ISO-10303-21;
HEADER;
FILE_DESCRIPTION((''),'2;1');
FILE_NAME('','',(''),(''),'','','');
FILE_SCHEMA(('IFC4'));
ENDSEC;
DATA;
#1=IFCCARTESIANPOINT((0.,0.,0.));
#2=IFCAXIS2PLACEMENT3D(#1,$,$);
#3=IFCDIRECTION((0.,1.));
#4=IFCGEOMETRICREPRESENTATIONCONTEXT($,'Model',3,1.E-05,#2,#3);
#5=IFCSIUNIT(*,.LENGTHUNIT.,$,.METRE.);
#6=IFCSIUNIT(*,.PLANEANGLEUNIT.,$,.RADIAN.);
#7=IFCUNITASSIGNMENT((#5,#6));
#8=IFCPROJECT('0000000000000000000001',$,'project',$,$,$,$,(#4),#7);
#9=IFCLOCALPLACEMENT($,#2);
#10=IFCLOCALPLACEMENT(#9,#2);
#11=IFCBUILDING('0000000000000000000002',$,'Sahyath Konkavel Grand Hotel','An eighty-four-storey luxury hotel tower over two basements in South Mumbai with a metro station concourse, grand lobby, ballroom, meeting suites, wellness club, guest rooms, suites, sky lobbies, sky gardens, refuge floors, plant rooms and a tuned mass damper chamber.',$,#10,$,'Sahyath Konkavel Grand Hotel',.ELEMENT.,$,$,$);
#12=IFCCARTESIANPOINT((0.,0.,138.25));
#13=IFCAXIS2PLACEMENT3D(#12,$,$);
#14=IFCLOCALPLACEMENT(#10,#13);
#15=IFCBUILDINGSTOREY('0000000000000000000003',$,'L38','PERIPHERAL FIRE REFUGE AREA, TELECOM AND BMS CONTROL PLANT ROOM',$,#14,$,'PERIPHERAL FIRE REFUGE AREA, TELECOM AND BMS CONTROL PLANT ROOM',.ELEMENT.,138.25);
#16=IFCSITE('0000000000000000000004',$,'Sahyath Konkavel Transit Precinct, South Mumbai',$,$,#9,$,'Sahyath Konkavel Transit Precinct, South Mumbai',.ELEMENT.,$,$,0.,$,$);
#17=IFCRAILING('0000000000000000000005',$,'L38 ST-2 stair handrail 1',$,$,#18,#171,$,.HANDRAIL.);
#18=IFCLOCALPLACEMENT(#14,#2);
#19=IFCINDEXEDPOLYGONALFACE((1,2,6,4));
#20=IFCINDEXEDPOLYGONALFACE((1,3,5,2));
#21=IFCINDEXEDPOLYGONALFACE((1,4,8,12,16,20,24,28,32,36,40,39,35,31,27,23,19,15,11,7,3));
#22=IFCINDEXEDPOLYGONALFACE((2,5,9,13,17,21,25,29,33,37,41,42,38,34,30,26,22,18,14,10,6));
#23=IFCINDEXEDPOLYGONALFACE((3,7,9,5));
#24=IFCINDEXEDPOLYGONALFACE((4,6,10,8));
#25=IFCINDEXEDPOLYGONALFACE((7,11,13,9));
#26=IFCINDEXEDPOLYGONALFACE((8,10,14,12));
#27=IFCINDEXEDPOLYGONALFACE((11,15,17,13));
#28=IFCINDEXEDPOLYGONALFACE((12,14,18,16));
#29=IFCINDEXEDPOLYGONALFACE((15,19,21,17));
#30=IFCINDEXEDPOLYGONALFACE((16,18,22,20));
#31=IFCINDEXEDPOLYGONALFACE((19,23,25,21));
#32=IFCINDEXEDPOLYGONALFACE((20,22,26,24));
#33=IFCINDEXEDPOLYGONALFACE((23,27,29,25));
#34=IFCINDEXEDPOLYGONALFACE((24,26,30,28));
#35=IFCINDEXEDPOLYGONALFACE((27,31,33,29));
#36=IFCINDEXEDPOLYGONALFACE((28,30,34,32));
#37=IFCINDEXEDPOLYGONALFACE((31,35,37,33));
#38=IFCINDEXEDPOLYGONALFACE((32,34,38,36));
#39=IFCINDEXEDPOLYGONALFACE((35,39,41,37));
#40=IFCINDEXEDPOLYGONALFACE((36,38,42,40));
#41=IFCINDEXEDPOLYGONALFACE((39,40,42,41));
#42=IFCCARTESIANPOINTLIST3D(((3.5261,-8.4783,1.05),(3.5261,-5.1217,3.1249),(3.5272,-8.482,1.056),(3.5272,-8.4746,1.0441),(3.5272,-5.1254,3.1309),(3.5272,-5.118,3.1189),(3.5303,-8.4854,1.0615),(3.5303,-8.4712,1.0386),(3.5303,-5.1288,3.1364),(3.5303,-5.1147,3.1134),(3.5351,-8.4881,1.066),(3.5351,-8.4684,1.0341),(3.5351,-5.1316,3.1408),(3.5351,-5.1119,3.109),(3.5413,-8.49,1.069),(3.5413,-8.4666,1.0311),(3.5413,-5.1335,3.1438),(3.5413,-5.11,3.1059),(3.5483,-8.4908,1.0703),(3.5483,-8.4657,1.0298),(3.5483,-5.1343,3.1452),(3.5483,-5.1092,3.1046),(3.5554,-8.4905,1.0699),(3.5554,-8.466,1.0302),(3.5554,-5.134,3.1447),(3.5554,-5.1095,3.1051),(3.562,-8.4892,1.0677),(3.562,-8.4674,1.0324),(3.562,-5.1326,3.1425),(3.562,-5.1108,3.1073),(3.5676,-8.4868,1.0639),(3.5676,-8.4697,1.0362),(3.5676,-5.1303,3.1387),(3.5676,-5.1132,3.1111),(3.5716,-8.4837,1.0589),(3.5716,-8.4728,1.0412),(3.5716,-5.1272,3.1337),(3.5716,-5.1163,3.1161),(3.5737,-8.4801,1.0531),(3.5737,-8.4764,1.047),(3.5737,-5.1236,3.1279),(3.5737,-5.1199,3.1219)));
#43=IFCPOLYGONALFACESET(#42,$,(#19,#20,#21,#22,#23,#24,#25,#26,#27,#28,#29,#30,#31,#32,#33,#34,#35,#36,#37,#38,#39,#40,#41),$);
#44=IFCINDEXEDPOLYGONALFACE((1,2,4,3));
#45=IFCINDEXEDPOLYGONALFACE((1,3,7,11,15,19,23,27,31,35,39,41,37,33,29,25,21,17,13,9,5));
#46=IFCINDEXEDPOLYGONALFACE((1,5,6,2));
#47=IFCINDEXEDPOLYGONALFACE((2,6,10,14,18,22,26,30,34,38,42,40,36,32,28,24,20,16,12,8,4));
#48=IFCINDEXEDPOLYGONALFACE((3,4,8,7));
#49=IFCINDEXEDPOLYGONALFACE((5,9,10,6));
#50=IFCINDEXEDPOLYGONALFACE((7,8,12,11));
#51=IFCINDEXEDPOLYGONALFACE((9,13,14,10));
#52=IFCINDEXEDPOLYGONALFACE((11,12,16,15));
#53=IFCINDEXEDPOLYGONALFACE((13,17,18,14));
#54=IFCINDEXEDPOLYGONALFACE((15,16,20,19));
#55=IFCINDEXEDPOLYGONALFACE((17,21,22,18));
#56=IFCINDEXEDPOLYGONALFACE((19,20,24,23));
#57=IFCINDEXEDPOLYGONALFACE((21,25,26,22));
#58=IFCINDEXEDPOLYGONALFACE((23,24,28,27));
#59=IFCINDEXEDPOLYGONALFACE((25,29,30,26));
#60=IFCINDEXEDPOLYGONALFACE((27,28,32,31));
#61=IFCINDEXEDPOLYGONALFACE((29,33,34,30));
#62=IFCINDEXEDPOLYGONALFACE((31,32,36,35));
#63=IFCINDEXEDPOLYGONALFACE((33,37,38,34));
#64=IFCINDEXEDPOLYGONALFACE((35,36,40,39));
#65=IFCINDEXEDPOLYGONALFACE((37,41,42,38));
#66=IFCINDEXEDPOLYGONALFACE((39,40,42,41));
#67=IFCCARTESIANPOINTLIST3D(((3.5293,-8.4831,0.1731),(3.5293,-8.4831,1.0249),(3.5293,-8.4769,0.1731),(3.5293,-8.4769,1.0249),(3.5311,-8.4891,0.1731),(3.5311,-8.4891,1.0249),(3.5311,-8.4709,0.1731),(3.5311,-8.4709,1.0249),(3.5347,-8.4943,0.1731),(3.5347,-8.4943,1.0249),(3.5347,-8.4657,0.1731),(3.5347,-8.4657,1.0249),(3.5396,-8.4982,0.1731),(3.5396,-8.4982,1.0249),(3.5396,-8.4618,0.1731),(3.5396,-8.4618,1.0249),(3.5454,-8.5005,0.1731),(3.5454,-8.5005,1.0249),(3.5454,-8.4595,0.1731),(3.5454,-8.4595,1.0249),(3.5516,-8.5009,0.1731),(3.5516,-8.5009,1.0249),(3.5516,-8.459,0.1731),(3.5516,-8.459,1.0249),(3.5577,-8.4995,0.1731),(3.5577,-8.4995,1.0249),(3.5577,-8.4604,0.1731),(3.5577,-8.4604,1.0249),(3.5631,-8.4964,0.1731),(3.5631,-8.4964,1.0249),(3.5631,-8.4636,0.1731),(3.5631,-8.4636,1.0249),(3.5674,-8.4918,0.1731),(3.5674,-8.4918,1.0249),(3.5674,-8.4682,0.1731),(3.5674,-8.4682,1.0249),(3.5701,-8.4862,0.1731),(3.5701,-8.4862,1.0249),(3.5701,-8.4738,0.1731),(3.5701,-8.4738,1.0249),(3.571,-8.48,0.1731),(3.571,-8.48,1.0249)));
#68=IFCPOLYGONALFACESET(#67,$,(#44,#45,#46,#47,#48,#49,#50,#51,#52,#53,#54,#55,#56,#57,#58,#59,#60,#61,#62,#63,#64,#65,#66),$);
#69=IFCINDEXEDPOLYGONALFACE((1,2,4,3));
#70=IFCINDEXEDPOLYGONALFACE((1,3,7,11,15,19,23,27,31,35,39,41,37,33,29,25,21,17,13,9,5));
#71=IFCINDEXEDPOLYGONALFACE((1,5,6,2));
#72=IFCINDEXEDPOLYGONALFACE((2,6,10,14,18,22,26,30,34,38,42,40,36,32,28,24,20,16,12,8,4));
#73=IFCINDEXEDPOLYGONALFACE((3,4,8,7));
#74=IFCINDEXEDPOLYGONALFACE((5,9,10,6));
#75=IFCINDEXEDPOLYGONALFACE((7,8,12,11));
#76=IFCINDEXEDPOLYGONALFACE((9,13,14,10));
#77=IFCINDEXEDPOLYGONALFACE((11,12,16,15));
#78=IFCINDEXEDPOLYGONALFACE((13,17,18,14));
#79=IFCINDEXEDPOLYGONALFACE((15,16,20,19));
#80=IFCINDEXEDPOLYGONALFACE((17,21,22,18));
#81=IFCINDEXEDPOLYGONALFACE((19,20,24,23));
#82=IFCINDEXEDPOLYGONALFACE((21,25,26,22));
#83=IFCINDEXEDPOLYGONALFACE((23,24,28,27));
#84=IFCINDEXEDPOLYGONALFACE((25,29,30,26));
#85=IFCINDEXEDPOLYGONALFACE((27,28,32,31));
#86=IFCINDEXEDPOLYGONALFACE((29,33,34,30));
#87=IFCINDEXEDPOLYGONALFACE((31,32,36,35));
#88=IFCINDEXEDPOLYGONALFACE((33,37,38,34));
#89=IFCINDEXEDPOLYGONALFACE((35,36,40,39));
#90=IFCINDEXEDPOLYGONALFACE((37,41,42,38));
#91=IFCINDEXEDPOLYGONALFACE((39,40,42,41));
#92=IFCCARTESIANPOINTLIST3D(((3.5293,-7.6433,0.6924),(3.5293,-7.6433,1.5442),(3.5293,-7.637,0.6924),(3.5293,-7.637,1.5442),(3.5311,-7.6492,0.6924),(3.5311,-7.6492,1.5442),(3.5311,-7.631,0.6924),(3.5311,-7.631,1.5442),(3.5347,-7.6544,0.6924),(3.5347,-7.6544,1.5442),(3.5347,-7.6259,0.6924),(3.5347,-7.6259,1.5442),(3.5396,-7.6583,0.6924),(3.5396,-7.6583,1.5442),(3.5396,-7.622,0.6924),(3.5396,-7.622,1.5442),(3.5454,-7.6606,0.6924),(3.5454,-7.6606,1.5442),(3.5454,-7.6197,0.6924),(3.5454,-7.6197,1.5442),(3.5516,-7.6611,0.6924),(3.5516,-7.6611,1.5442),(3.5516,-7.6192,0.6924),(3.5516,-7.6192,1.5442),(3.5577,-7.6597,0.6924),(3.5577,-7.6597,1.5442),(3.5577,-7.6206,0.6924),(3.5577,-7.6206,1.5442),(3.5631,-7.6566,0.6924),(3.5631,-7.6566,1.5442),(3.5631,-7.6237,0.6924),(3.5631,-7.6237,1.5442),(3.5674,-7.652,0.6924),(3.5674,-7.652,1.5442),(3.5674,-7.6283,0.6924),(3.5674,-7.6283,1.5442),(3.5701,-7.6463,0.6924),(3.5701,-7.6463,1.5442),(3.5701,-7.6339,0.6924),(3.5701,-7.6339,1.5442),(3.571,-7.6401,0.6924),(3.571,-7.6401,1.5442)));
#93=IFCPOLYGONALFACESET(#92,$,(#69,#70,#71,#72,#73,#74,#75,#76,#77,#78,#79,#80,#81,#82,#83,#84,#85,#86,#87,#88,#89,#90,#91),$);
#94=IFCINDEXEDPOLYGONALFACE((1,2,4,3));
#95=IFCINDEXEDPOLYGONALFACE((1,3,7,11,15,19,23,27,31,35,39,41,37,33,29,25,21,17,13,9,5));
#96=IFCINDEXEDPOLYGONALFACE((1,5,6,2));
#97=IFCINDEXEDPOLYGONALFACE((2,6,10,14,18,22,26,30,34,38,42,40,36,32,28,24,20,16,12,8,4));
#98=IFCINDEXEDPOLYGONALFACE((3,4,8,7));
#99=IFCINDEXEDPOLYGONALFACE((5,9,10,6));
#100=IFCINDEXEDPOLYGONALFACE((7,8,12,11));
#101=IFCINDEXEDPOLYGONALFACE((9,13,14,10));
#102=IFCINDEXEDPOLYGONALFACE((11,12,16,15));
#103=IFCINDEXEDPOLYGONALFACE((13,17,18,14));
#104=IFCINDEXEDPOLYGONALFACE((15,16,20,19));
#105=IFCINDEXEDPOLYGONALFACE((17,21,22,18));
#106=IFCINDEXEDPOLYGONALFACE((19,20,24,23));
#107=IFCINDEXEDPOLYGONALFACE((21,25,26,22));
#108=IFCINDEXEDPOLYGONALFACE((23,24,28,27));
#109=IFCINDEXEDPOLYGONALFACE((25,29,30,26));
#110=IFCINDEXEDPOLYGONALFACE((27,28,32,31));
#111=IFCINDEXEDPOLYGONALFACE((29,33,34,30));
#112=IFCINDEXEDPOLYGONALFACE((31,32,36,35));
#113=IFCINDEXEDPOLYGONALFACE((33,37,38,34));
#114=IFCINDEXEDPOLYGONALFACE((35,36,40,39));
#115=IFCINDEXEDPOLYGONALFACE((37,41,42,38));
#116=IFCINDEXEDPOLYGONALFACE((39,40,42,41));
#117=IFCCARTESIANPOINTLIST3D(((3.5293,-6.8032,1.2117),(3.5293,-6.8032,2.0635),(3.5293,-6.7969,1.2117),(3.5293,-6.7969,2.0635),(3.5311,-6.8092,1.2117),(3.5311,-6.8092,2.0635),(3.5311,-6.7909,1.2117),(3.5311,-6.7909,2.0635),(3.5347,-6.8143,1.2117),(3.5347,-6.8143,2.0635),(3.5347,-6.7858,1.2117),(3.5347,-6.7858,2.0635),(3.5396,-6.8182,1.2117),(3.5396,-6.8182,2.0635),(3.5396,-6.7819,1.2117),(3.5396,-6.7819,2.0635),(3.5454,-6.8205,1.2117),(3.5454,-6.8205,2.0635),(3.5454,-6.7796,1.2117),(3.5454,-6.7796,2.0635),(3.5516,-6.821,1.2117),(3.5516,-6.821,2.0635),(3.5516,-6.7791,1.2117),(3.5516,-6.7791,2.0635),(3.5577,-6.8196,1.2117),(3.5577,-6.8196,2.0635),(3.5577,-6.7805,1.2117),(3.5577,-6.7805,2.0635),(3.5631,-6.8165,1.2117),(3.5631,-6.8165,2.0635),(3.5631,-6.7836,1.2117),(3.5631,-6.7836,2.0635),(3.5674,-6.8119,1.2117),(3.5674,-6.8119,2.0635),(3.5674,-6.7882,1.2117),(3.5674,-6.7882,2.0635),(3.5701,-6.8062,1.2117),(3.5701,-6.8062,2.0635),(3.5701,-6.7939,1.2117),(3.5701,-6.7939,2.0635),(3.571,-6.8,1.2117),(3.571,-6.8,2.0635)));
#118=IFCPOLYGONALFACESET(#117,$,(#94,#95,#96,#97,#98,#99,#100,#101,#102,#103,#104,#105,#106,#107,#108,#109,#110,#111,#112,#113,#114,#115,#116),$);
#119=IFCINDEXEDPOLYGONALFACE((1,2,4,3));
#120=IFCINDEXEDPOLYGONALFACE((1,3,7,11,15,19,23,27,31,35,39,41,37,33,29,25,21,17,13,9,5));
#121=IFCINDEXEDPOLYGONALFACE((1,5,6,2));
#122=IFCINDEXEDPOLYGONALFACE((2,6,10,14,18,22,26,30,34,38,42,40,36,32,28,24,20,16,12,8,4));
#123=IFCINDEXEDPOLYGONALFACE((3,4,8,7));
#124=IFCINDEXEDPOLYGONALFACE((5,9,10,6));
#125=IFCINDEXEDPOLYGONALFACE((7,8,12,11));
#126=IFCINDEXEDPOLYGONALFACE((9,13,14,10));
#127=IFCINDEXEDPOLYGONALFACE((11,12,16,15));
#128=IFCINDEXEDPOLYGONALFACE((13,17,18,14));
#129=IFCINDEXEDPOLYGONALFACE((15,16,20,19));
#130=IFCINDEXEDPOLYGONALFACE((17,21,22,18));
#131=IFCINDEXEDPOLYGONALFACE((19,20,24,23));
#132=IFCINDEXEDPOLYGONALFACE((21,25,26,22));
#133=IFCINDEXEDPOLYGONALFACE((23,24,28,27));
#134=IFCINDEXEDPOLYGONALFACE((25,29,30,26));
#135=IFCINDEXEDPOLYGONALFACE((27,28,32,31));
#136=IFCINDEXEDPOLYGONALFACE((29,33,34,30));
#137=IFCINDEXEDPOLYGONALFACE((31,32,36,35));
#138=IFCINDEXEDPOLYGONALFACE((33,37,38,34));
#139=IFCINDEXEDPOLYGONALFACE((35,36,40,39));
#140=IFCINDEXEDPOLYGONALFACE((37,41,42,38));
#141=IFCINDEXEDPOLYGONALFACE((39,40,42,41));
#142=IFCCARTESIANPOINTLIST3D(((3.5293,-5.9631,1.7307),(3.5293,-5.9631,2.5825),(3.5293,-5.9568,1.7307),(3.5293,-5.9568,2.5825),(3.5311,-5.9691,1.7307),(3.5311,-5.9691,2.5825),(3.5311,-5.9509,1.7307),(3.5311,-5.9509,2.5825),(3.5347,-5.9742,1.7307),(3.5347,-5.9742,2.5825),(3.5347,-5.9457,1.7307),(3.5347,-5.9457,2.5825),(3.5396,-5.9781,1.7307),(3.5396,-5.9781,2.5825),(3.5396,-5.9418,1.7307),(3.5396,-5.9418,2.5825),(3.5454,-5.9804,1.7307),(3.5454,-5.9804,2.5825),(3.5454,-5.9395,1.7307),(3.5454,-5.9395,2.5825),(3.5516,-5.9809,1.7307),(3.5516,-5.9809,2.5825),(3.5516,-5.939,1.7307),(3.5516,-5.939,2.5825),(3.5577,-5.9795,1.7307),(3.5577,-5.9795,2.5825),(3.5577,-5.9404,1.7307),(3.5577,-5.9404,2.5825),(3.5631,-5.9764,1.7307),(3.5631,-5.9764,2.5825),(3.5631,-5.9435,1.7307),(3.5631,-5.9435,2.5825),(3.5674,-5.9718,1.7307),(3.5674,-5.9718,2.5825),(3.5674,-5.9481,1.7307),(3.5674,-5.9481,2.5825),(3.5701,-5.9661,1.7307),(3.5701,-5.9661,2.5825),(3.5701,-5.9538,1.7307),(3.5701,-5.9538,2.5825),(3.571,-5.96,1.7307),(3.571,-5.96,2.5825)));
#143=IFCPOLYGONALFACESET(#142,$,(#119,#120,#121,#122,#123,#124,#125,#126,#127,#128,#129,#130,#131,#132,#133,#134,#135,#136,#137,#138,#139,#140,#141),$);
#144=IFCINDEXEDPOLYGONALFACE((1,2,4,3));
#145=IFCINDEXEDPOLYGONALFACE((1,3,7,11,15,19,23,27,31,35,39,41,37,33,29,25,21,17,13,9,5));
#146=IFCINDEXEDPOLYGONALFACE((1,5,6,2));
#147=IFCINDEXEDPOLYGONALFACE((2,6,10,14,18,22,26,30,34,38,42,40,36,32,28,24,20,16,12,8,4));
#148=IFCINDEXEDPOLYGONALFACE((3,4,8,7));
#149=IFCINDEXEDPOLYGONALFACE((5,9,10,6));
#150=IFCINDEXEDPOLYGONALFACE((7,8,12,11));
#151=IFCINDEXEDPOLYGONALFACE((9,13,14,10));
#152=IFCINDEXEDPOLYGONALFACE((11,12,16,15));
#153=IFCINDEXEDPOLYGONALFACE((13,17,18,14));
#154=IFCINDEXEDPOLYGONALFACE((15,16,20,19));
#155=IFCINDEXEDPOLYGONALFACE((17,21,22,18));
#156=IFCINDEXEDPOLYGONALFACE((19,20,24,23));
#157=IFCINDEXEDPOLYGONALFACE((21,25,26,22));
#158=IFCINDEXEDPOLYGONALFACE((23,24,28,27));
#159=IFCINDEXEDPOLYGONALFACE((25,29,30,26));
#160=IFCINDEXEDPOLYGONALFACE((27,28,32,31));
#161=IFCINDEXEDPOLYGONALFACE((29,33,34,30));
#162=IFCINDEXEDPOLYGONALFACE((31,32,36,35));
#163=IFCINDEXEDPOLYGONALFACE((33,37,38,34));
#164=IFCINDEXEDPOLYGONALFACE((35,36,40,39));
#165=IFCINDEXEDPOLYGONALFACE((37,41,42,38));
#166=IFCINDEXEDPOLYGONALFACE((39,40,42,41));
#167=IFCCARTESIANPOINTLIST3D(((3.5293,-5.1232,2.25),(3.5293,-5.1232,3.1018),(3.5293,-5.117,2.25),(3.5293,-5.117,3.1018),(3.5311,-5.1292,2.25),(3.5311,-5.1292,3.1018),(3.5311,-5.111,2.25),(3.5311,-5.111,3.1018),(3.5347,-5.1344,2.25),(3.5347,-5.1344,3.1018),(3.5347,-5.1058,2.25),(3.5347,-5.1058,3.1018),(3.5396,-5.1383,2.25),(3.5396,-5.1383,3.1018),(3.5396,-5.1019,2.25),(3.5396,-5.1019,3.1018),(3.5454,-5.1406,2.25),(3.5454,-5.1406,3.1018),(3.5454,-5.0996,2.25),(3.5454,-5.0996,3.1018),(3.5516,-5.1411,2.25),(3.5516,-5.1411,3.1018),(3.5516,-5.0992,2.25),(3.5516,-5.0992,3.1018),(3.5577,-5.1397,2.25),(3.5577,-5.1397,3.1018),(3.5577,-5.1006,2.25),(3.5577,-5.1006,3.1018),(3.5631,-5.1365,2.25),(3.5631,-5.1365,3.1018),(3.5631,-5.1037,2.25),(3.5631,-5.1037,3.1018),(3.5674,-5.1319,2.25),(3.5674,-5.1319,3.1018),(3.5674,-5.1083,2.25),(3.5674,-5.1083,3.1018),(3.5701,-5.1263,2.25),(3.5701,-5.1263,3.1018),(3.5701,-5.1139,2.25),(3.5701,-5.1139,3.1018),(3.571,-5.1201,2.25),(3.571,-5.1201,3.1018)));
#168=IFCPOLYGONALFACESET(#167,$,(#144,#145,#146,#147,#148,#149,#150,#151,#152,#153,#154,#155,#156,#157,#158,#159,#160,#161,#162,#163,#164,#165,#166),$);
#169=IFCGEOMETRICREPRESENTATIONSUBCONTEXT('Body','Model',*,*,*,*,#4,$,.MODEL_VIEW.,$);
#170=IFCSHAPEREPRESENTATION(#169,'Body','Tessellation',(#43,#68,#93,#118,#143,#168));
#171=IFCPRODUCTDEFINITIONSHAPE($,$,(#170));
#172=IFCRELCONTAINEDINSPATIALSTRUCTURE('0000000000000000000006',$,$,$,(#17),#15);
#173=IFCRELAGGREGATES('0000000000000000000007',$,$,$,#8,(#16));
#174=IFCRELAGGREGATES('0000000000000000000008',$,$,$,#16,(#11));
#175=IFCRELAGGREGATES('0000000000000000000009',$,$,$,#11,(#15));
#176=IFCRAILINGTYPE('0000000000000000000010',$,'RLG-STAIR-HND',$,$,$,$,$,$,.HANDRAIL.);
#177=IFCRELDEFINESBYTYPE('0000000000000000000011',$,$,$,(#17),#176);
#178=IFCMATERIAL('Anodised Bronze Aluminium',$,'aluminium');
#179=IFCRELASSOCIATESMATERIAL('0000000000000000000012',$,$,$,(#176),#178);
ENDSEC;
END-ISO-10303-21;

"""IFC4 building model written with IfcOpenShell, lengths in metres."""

from ifc_helpers import new_model, si_unit, direction, frame, origin, origin_2d, place, context, subcontext, project, spatial, circle, extrude, material, type_object, element, save


model = new_model("IFC4")

# Units and contexts
model_context = context("Model", 3, precision=1e-05, world=origin(), true_north=direction((0.0, 1.0)))
body_context = subcontext(model_context, "Body", "Model", "MODEL_VIEW")
ifc_project = project(units=[si_unit("LENGTHUNIT", "METRE"), si_unit("PLANEANGLEUNIT", "RADIAN")], contexts=[model_context])

# Site, building, storey
site_placement = place(None, origin())
site = spatial("IfcSite", under=ifc_project, at=site_placement, Name="Sahyath Konkavel Transit Precinct, South Mumbai", LongName="Sahyath Konkavel Transit Precinct, South Mumbai", CompositionType="ELEMENT", RefElevation=0.0)
building_placement = place(site_placement, origin())
building = spatial("IfcBuilding", under=site, at=building_placement, Name="Sahyath Konkavel Grand Hotel", Description="An eighty-four-storey luxury hotel tower over two basements in South Mumbai with a metro station concourse, grand lobby, ballroom, meeting suites, wellness club, guest rooms, suites, sky lobbies, sky gardens, refuge floors, plant rooms and a tuned mass damper chamber.", LongName="Sahyath Konkavel Grand Hotel", CompositionType="ELEMENT")
storey_placement = place(building_placement, frame((0.0, 0.0, 138.25)))
storey = spatial("IfcBuildingStorey", under=building, at=storey_placement, Name="L38", Description="PERIPHERAL FIRE REFUGE AREA, TELECOM AND BMS CONTROL PLANT ROOM", LongName="PERIPHERAL FIRE REFUGE AREA, TELECOM AND BMS CONTROL PLANT ROOM", CompositionType="ELEMENT", Elevation=138.25)

# Shared definitions
ifc_material_1 = material(Name="Anodised Bronze Aluminium", Category="aluminium")

# Railing
railing_type_1 = type_object("IfcRailingType", Name="RLG-STAIR-HND", PredefinedType="HANDRAIL", material=ifc_material_1)
railing_1_placement = place(storey_placement, frame((3.55, -8.48, 0.1731)))
element("IfcRailing", 1, at=railing_1_placement, inside=storey, type_object=railing_type_1, Name="L38 ST-2 stair handrail 1", PredefinedType="HANDRAIL", context=body_context, shape_type="SweptSolid", body=[
    extrude(circle(Radius=0.0239, at=origin_2d()), frame((0.0, 0.0017, 0.877), z_axis=(0.0, 0.850606, 0.525803), x_axis=(-1.0, 0.0, 0.0)), (0.0, 0.0, 1.0), 3.946),
    extrude(circle(Radius=0.021, at=origin_2d()), origin(), (0.0, 0.0, 1.0), 0.8518),
    extrude(circle(Radius=0.021, at=origin_2d()), frame((0.0, 0.8398, 0.5193)), (0.0, 0.0, 1.0), 0.8518),
    extrude(circle(Radius=0.021, at=origin_2d()), frame((0.0, 1.6799, 1.0386)), (0.0, 0.0, 1.0), 0.8518),
    extrude(circle(Radius=0.021, at=origin_2d()), frame((0.0, 2.52, 1.5576)), (0.0, 0.0, 1.0), 0.8518),
    extrude(circle(Radius=0.021, at=origin_2d()), frame((0.0, 3.3599, 2.0769)), (0.0, 0.0, 1.0), 0.8518),
])

save(model, "model.ifc")
